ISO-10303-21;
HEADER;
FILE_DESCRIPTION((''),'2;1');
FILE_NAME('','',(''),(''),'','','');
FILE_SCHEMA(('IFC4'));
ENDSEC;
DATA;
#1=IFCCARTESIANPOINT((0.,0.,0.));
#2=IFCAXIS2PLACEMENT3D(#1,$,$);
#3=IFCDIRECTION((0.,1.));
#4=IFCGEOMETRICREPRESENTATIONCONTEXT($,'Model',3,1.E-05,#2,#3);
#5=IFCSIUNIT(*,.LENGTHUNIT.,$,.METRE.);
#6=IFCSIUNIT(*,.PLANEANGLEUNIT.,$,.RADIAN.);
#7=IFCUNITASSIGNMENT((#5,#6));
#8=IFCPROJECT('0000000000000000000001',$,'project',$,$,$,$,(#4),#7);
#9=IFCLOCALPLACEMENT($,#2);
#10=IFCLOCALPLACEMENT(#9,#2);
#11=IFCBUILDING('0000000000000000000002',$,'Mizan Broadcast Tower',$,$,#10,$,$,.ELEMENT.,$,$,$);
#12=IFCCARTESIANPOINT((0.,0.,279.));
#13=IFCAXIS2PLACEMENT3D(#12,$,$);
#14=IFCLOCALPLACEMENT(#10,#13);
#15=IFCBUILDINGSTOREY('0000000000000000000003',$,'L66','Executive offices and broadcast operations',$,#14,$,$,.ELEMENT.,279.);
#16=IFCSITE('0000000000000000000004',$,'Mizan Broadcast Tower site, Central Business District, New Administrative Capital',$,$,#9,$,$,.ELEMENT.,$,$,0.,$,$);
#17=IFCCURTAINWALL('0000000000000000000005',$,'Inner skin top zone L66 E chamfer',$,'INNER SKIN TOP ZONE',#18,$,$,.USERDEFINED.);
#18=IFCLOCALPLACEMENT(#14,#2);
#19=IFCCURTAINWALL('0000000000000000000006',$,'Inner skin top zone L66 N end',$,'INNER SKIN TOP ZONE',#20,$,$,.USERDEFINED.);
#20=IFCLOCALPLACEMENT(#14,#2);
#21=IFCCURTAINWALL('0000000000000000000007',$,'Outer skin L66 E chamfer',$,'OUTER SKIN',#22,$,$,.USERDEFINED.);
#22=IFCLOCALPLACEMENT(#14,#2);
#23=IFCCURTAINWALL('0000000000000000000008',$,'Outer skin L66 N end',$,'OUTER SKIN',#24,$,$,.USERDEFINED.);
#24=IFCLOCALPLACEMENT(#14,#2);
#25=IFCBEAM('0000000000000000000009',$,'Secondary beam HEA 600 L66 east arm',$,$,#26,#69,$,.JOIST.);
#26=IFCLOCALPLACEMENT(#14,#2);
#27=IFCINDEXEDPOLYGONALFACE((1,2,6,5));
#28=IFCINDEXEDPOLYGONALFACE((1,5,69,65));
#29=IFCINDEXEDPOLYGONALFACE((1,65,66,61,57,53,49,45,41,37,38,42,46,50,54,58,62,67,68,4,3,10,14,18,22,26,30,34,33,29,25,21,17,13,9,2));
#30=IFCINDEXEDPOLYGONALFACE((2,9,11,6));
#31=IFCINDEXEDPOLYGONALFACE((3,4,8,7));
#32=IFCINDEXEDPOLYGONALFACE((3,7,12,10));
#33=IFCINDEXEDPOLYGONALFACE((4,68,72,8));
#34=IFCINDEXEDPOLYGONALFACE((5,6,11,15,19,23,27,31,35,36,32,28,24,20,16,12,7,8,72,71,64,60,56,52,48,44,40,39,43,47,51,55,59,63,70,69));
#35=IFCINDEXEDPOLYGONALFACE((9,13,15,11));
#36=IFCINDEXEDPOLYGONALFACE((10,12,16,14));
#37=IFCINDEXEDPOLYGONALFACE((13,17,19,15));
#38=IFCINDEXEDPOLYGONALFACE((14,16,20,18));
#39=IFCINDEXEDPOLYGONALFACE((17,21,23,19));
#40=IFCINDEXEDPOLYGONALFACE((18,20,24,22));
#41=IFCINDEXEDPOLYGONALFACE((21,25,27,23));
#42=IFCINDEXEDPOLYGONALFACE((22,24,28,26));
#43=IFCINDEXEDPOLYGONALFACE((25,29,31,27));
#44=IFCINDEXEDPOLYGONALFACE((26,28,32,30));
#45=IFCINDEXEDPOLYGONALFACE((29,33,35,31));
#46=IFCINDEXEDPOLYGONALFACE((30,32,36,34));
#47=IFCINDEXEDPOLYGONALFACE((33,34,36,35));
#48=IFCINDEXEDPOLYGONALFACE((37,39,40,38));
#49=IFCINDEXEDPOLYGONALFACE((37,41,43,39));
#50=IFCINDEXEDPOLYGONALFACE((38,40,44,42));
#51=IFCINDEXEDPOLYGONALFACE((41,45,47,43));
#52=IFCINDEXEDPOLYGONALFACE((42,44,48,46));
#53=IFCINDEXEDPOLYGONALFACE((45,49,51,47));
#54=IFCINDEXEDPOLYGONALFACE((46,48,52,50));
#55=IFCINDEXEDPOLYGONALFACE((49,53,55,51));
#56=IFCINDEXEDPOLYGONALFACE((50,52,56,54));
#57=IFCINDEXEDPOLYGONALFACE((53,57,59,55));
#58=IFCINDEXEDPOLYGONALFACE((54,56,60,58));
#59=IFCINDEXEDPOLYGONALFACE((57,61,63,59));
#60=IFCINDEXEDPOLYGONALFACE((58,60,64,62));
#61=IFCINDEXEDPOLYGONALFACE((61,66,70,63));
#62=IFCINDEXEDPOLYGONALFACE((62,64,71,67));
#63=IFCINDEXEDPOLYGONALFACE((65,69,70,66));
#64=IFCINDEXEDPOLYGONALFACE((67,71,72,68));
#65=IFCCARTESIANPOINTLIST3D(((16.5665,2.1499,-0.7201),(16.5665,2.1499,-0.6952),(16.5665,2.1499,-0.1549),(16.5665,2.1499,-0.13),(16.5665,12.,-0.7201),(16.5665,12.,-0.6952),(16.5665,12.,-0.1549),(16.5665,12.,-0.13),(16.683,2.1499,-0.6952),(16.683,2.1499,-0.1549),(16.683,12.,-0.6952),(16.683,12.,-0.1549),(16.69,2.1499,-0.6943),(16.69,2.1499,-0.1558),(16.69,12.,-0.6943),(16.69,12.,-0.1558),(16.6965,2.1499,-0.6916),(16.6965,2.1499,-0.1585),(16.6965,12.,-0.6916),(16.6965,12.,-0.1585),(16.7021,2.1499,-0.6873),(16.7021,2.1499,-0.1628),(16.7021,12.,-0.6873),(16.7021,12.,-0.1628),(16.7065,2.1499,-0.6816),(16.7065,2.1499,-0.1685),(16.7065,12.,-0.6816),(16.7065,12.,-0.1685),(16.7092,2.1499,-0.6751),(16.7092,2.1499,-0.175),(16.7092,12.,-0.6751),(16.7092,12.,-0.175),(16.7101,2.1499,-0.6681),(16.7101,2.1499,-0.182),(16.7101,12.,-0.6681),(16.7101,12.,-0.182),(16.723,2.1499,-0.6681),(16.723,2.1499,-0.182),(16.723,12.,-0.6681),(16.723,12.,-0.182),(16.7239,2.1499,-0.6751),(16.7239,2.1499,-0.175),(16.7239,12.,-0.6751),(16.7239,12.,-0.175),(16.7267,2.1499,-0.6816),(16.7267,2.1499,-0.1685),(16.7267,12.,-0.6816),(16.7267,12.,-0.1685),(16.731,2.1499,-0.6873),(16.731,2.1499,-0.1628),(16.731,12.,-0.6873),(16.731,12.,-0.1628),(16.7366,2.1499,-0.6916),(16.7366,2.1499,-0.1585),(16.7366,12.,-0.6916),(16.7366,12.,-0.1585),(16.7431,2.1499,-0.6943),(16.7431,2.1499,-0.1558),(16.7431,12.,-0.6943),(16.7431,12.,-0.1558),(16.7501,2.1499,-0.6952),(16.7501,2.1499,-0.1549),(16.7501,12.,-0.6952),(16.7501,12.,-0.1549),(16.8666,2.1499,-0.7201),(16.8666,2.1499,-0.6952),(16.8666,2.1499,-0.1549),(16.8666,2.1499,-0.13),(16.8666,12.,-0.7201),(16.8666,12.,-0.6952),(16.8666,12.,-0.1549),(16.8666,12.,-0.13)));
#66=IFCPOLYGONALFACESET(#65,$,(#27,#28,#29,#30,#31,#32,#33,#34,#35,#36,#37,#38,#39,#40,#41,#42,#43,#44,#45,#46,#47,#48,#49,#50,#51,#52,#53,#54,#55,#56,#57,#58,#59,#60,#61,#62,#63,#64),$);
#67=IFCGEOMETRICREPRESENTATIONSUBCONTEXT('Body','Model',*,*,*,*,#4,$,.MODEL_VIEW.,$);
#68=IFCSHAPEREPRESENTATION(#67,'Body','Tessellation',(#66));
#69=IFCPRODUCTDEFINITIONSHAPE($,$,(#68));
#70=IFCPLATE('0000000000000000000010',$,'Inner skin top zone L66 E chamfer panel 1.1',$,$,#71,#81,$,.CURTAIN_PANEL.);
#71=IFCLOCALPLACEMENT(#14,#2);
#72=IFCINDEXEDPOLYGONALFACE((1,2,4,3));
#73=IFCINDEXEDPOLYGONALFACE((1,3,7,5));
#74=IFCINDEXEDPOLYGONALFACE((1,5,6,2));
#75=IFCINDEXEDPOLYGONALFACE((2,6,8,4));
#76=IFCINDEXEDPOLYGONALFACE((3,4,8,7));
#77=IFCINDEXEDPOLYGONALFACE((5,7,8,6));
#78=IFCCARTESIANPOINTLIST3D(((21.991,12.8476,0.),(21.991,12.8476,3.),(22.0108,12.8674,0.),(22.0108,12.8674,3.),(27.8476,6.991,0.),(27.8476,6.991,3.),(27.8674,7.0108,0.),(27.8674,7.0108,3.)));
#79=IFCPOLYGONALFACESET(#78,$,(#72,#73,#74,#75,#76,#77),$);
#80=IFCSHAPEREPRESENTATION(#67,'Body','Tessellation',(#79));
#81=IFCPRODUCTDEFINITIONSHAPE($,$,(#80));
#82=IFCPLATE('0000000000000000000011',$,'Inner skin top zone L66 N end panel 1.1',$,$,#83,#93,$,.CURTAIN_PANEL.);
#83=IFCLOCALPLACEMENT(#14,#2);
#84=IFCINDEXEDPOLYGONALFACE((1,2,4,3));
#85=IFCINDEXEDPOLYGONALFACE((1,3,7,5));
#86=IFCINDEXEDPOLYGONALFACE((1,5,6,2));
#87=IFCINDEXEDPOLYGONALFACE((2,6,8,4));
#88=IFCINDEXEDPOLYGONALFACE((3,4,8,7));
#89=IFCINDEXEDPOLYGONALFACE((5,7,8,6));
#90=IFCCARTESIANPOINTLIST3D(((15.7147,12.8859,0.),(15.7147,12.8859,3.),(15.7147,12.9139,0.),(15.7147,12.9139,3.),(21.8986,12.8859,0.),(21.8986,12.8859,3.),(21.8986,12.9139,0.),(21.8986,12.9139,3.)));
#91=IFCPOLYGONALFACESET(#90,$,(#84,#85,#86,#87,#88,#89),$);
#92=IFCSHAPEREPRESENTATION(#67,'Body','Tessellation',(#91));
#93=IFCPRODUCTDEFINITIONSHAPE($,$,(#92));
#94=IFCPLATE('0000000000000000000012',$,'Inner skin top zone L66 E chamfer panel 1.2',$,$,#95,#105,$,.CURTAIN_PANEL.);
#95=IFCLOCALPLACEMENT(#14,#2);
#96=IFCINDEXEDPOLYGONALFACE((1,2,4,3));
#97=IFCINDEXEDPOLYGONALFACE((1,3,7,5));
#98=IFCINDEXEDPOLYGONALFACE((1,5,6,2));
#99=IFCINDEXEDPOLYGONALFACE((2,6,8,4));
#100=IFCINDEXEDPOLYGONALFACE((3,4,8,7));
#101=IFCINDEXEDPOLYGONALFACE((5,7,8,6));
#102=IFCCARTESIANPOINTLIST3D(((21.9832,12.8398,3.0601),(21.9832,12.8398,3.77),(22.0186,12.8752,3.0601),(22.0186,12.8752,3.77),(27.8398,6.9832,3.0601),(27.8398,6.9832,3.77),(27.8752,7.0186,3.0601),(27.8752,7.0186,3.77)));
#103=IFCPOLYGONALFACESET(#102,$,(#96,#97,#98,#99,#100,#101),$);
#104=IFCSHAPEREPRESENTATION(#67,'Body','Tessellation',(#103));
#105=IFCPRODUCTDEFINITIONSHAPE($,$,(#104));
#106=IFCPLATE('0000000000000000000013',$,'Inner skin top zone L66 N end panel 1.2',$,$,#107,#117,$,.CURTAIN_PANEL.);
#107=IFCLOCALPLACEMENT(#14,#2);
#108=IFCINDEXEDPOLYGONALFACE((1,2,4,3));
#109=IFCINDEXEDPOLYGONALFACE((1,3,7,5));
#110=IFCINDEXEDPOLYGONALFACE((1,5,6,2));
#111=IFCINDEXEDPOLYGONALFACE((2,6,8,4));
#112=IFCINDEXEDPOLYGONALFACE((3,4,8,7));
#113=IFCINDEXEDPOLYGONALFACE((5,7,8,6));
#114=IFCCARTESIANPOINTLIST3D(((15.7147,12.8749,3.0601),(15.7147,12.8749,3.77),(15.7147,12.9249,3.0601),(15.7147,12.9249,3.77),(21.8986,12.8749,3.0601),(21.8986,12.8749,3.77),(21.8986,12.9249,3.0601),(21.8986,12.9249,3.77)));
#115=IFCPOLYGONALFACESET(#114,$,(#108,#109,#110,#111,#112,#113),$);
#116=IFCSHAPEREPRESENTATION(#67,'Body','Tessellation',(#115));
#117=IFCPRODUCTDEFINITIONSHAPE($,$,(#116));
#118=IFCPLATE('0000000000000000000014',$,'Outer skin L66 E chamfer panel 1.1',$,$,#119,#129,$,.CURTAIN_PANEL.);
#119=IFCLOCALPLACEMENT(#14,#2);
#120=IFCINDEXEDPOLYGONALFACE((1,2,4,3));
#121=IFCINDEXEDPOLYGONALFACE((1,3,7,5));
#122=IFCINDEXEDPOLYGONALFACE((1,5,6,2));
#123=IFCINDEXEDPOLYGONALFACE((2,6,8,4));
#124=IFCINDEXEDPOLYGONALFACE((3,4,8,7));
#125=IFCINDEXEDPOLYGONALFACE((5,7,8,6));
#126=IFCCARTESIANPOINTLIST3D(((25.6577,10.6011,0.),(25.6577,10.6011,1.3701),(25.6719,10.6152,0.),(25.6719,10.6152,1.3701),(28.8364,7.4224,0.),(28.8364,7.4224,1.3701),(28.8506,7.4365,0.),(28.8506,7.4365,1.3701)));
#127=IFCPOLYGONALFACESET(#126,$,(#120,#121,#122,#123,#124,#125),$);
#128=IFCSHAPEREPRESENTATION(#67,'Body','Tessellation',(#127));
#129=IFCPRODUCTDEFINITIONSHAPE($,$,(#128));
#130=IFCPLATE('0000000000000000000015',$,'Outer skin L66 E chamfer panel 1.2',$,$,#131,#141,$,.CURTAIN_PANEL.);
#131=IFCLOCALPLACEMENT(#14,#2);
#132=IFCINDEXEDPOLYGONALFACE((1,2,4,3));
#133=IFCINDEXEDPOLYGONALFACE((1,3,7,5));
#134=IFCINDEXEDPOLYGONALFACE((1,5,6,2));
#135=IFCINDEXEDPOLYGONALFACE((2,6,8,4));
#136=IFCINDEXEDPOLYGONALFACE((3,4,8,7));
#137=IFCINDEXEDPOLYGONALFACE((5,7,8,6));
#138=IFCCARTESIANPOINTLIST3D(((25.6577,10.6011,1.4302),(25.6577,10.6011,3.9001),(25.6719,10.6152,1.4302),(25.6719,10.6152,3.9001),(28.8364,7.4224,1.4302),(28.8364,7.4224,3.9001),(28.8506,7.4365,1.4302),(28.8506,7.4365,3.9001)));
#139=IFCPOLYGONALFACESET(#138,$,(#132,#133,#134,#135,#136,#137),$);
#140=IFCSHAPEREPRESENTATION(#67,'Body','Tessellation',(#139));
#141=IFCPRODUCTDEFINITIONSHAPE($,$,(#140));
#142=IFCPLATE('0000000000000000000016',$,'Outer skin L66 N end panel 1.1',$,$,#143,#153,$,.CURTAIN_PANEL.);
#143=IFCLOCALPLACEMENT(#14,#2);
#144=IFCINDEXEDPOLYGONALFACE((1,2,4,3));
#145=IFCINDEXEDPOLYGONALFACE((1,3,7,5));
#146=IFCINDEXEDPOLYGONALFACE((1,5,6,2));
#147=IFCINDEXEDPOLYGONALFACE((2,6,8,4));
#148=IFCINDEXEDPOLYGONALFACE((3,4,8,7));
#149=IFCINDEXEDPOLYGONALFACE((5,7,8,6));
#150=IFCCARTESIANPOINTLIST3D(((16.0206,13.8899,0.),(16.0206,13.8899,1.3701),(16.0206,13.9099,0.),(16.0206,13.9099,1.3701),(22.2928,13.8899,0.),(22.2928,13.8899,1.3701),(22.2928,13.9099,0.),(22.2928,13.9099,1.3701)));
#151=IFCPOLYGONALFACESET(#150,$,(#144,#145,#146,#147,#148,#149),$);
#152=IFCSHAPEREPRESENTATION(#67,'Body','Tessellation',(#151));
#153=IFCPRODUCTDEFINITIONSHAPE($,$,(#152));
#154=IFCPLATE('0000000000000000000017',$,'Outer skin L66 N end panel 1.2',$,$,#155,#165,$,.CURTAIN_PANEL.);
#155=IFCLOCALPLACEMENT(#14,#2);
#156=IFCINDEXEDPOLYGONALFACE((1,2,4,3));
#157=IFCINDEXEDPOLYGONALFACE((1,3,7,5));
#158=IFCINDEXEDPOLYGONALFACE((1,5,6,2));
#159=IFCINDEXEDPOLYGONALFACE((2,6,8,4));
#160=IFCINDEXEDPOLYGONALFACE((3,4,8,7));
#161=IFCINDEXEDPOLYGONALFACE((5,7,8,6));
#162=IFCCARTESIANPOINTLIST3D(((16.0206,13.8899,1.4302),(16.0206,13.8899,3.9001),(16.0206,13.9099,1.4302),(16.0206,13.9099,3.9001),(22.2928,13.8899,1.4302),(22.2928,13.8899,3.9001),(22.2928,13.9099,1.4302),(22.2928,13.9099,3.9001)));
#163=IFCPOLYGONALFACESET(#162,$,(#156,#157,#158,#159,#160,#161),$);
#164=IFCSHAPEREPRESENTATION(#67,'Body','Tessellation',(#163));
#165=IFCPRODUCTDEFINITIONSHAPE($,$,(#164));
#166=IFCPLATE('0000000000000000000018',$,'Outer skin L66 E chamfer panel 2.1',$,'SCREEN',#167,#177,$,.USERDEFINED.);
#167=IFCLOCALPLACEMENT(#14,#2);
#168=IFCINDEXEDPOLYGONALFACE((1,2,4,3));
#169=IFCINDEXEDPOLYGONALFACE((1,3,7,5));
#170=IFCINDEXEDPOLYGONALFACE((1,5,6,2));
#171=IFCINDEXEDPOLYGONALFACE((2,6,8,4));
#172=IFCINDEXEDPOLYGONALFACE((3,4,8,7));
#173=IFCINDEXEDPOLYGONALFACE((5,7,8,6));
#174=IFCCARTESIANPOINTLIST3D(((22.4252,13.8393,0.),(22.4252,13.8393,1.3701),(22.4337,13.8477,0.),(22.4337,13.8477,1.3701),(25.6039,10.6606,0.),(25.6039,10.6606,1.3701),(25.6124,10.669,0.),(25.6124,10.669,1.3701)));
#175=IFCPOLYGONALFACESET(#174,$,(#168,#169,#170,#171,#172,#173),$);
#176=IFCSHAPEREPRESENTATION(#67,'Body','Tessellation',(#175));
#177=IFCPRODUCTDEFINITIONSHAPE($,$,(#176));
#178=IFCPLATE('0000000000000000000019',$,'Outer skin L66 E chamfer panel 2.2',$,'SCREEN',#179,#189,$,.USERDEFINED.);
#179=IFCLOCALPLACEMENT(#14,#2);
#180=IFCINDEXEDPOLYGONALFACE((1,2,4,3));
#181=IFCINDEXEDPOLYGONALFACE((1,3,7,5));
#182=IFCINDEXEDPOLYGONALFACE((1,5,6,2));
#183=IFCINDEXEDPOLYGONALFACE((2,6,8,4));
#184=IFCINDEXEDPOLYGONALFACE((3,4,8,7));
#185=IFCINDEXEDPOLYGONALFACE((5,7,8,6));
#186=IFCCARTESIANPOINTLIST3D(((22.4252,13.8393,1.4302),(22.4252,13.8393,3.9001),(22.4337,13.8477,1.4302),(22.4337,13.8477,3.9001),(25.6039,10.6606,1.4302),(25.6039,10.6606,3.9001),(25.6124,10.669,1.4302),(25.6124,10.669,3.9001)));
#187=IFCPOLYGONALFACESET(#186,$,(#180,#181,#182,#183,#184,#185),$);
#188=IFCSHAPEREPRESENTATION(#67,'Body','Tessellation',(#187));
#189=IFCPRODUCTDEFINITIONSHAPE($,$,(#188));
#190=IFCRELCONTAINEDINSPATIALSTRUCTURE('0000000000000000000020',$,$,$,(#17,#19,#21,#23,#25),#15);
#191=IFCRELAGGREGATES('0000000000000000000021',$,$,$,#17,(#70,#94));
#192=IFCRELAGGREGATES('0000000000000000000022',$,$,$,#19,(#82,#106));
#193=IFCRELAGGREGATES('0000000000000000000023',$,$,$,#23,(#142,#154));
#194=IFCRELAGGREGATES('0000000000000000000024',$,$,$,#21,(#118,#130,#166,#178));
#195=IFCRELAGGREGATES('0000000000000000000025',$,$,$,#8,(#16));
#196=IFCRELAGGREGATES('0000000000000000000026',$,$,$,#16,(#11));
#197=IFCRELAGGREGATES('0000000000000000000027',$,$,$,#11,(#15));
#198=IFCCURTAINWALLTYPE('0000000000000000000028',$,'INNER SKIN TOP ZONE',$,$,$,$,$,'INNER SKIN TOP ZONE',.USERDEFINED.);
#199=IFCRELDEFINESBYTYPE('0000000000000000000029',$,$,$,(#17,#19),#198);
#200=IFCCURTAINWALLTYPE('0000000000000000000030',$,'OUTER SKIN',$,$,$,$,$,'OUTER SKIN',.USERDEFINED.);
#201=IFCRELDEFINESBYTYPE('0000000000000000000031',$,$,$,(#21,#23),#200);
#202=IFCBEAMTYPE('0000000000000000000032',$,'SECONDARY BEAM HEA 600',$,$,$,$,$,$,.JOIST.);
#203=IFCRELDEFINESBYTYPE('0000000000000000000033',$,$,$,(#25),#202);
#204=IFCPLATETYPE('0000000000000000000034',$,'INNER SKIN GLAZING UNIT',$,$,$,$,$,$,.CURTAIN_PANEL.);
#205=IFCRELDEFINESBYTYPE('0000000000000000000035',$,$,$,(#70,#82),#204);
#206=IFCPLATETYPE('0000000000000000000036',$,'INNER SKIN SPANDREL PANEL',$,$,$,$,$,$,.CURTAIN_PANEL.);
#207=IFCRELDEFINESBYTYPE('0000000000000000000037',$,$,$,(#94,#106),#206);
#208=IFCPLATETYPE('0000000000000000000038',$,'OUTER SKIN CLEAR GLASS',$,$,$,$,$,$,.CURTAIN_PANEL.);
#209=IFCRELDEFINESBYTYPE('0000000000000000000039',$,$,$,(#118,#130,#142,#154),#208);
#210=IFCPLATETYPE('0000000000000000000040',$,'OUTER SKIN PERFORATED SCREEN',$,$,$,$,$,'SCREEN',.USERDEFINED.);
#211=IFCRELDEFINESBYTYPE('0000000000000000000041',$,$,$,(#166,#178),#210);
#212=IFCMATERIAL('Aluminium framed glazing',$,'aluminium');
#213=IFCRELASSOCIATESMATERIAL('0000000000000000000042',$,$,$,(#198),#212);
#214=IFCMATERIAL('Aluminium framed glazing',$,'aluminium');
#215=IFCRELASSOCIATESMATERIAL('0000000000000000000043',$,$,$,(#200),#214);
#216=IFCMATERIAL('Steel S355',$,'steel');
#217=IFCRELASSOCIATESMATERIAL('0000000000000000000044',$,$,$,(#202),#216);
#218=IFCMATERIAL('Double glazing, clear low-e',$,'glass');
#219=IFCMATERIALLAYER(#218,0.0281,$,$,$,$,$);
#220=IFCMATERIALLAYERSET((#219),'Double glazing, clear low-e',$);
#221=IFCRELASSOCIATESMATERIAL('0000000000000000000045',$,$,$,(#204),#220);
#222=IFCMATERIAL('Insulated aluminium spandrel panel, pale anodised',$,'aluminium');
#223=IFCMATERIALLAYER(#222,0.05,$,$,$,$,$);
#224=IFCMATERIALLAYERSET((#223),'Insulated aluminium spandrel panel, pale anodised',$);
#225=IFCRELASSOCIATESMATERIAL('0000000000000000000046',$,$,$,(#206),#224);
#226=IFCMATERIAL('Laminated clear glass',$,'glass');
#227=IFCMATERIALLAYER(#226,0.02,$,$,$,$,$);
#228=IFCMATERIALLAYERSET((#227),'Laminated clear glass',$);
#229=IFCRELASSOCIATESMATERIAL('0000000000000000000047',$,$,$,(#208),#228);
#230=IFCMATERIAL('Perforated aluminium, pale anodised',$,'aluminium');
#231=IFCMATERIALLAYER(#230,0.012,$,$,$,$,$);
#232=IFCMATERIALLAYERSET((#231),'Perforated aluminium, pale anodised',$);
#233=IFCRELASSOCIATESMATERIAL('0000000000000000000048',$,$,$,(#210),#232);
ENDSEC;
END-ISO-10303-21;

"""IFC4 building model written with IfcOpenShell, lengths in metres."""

from ifc_helpers import new_model, si_unit, direction, frame, origin, origin_2d, place, context, subcontext, project, spatial, rectangle, i_section, extrude, material, layer, layer_set, material_profile, profile_set, type_object, element, aggregate, save


model = new_model("IFC4")

# Units and contexts
model_context = context("Model", 3, precision=1e-05, world=origin(), true_north=direction((0.0, 1.0)))
body_context = subcontext(model_context, "Body", "Model", "MODEL_VIEW")
ifc_project = project(units=[si_unit("LENGTHUNIT", "METRE"), si_unit("PLANEANGLEUNIT", "RADIAN")], contexts=[model_context])

# Site, building, storey
site_placement = place(None, origin())
site = spatial("IfcSite", under=ifc_project, at=site_placement, Name="Mizan Broadcast Tower site, Central Business District, New Administrative Capital", CompositionType="ELEMENT", RefElevation=0.0)
building_placement = place(site_placement, origin())
building = spatial("IfcBuilding", under=site, at=building_placement, Name="Mizan Broadcast Tower", CompositionType="ELEMENT")
storey_placement = place(building_placement, frame((0.0, 0.0, 279.0)))
storey = spatial("IfcBuildingStorey", under=building, at=storey_placement, Name="L66", Description="Executive offices and broadcast operations", CompositionType="ELEMENT", Elevation=279.0)

# Curtain wall
ifc_material_1 = material(Name="Aluminium framed glazing", Category="aluminium")
curtain_wall_type_1 = type_object("IfcCurtainWallType", Name="INNER SKIN TOP ZONE", ElementType="INNER SKIN TOP ZONE", PredefinedType="USERDEFINED", material=ifc_material_1)
curtain_wall_1_placement = place(storey_placement, origin())
curtain_wall_1 = element("IfcCurtainWall", 1, at=curtain_wall_1_placement, inside=storey, type_object=curtain_wall_type_1, Name="Inner skin top zone L66 E chamfer", ObjectType="INNER SKIN TOP ZONE", PredefinedType="USERDEFINED")

# Curtain walls
curtain_wall_2_placement = place(storey_placement, origin())
curtain_wall_2 = element("IfcCurtainWall", 2, at=curtain_wall_2_placement, inside=storey, type_object=curtain_wall_type_1, Name="Inner skin top zone L66 N end", ObjectType="INNER SKIN TOP ZONE", PredefinedType="USERDEFINED")
ifc_material_2 = material(Name="Aluminium framed glazing", Category="aluminium")
curtain_wall_type_2 = type_object("IfcCurtainWallType", Name="OUTER SKIN", ElementType="OUTER SKIN", PredefinedType="USERDEFINED", material=ifc_material_2)
curtain_wall_3_placement = place(storey_placement, origin())
curtain_wall_3 = element("IfcCurtainWall", 3, at=curtain_wall_3_placement, inside=storey, type_object=curtain_wall_type_2, Name="Outer skin L66 E chamfer", ObjectType="OUTER SKIN", PredefinedType="USERDEFINED")

# Curtain wall
curtain_wall_4_placement = place(storey_placement, origin())
curtain_wall_4 = element("IfcCurtainWall", 4, at=curtain_wall_4_placement, inside=storey, type_object=curtain_wall_type_2, Name="Outer skin L66 N end", ObjectType="OUTER SKIN", PredefinedType="USERDEFINED")

# Beam
ifc_material_3 = material(Name="Steel S355", Category="steel")
ifc_material_profile_1 = material_profile(ifc_material_3, i_section(OverallWidth=0.3, OverallDepth=0.5901, WebThickness=0.0129, FlangeThickness=0.0249, FilletRadius=0.0271, at=origin_2d()), Name="HEA 600")
ifc_profile_set_1 = profile_set([ifc_material_profile_1], Name="Steel S355")
beam_type_1 = type_object("IfcBeamType", Name="SECONDARY BEAM HEA 600", PredefinedType="JOIST", material=ifc_profile_set_1)
beam_1_placement = place(storey_placement, frame((16.7166, 12.0, -0.425), z_axis=(0.0, -1.0, 0.0), x_axis=(1.0, 0.0, 0.0)))
element("IfcBeam", 5, at=beam_1_placement, inside=storey, type_object=beam_type_1, Name="Secondary beam HEA 600 L66 east arm", PredefinedType="JOIST", context=body_context, shape_type="SweptSolid", body=[
    extrude(i_section(OverallWidth=0.3, OverallDepth=0.5901, WebThickness=0.0129, FlangeThickness=0.0249, FilletRadius=0.0271, at=origin_2d()), origin(), (0.0, 0.0, 1.0), 9.8501),
])

# Plates
ifc_material_4 = material(Name="Double glazing, clear low-e", Category="glass")
ifc_layer_1 = layer(ifc_material_4, 0.0281)
ifc_layer_set_1 = layer_set([ifc_layer_1], Name="Double glazing, clear low-e")
plate_type_1 = type_object("IfcPlateType", Name="INNER SKIN GLAZING UNIT", PredefinedType="CURTAIN_PANEL", material=ifc_layer_set_1)
plate_1_placement = place(storey_placement, frame((24.9292, 9.9292, 0.0), z_axis=(0.0, 0.0, 1.0), x_axis=(-0.707107, 0.707107, 0.0)))
plate_1 = element("IfcPlate", 6, at=plate_1_placement, type_object=plate_type_1, Name="Inner skin top zone L66 E chamfer panel 1.1", PredefinedType="CURTAIN_PANEL", context=body_context, shape_type="SweptSolid", body=[
    extrude(rectangle(XDim=8.2825, YDim=0.0281, at=origin_2d()), origin(), (0.0, 0.0, 1.0), 3.0),
])
plate_2_placement = place(storey_placement, frame((18.8066, 12.8999, 0.0), z_axis=(0.0, 0.0, 1.0), x_axis=(-1.0, 0.0, 0.0)))
plate_2 = element("IfcPlate", 7, at=plate_2_placement, type_object=plate_type_1, Name="Inner skin top zone L66 N end panel 1.1", PredefinedType="CURTAIN_PANEL", context=body_context, shape_type="SweptSolid", body=[
    extrude(rectangle(XDim=6.1838, YDim=0.0281, at=origin_2d()), origin(), (0.0, 0.0, 1.0), 3.0),
])
ifc_material_5 = material(Name="Insulated aluminium spandrel panel, pale anodised", Category="aluminium")
ifc_layer_2 = layer(ifc_material_5, 0.05)
ifc_layer_set_2 = layer_set([ifc_layer_2], Name="Insulated aluminium spandrel panel, pale anodised")
plate_type_2 = type_object("IfcPlateType", Name="INNER SKIN SPANDREL PANEL", PredefinedType="CURTAIN_PANEL", material=ifc_layer_set_2)
plate_3_placement = place(storey_placement, frame((24.9292, 9.9292, 3.0601), z_axis=(0.0, 0.0, 1.0), x_axis=(-0.707107, 0.707107, 0.0)))
plate_3 = element("IfcPlate", 8, at=plate_3_placement, type_object=plate_type_2, Name="Inner skin top zone L66 E chamfer panel 1.2", PredefinedType="CURTAIN_PANEL", context=body_context, shape_type="SweptSolid", body=[
    extrude(rectangle(XDim=8.2825, YDim=0.05, at=origin_2d()), origin(), (0.0, 0.0, 1.0), 0.71),
])
aggregate(curtain_wall_1, [plate_1, plate_3])
plate_4_placement = place(storey_placement, frame((18.8066, 12.8999, 3.0601), z_axis=(0.0, 0.0, 1.0), x_axis=(-1.0, 0.0, 0.0)))
plate_4 = element("IfcPlate", 9, at=plate_4_placement, type_object=plate_type_2, Name="Inner skin top zone L66 N end panel 1.2", PredefinedType="CURTAIN_PANEL", context=body_context, shape_type="SweptSolid", body=[
    extrude(rectangle(XDim=6.1838, YDim=0.05, at=origin_2d()), origin(), (0.0, 0.0, 1.0), 0.71),
])
aggregate(curtain_wall_2, [plate_2, plate_4])
ifc_material_6 = material(Name="Laminated clear glass", Category="glass")
ifc_layer_3 = layer(ifc_material_6, 0.02)
ifc_layer_set_3 = layer_set([ifc_layer_3], Name="Laminated clear glass")
plate_type_3 = type_object("IfcPlateType", Name="OUTER SKIN CLEAR GLASS", PredefinedType="CURTAIN_PANEL", material=ifc_layer_set_3)
plate_5_placement = place(storey_placement, frame((27.2542, 9.0188, 0.0), z_axis=(0.0, 0.0, 1.0), x_axis=(-0.707107, 0.707107, 0.0)))
plate_5 = element("IfcPlate", 10, at=plate_5_placement, type_object=plate_type_3, Name="Outer skin L66 E chamfer panel 1.1", PredefinedType="CURTAIN_PANEL", context=body_context, shape_type="SweptSolid", body=[
    extrude(rectangle(XDim=4.4954, YDim=0.02, at=origin_2d()), origin(), (0.0, 0.0, 1.0), 1.3701),
])
plate_6_placement = place(storey_placement, frame((27.2542, 9.0188, 1.4302), z_axis=(0.0, 0.0, 1.0), x_axis=(-0.707107, 0.707107, 0.0)))
plate_6 = element("IfcPlate", 11, at=plate_6_placement, type_object=plate_type_3, Name="Outer skin L66 E chamfer panel 1.2", PredefinedType="CURTAIN_PANEL", context=body_context, shape_type="SweptSolid", body=[
    extrude(rectangle(XDim=4.4954, YDim=0.02, at=origin_2d()), origin(), (0.0, 0.0, 1.0), 2.47),
])
plate_7_placement = place(storey_placement, frame((19.1567, 13.8999, 0.0), z_axis=(0.0, 0.0, 1.0), x_axis=(-1.0, 0.0, 0.0)))
plate_7 = element("IfcPlate", 12, at=plate_7_placement, type_object=plate_type_3, Name="Outer skin L66 N end panel 1.1", PredefinedType="CURTAIN_PANEL", context=body_context, shape_type="SweptSolid", body=[
    extrude(rectangle(XDim=6.2722, YDim=0.02, at=origin_2d()), origin(), (0.0, 0.0, 1.0), 1.3701),
])
plate_8_placement = place(storey_placement, frame((19.1567, 13.8999, 1.4302), z_axis=(0.0, 0.0, 1.0), x_axis=(-1.0, 0.0, 0.0)))
plate_8 = element("IfcPlate", 13, at=plate_8_placement, type_object=plate_type_3, Name="Outer skin L66 N end panel 1.2", PredefinedType="CURTAIN_PANEL", context=body_context, shape_type="SweptSolid", body=[
    extrude(rectangle(XDim=6.2722, YDim=0.02, at=origin_2d()), origin(), (0.0, 0.0, 1.0), 2.47),
])
aggregate(curtain_wall_4, [plate_7, plate_8])
ifc_material_7 = material(Name="Perforated aluminium, pale anodised", Category="aluminium")
ifc_layer_4 = layer(ifc_material_7, 0.012)
ifc_layer_set_4 = layer_set([ifc_layer_4], Name="Perforated aluminium, pale anodised")
plate_type_4 = type_object("IfcPlateType", Name="OUTER SKIN PERFORATED SCREEN", ElementType="SCREEN", PredefinedType="USERDEFINED", material=ifc_layer_set_4)
plate_9_placement = place(storey_placement, frame((24.0188, 12.2542, 0.0), z_axis=(0.0, 0.0, 1.0), x_axis=(-0.707107, 0.707107, 0.0)))
plate_9 = element("IfcPlate", 14, at=plate_9_placement, type_object=plate_type_4, Name="Outer skin L66 E chamfer panel 2.1", ObjectType="SCREEN", PredefinedType="USERDEFINED", context=body_context, shape_type="SweptSolid", body=[
    extrude(rectangle(XDim=4.4954, YDim=0.012, at=origin_2d()), origin(), (0.0, 0.0, 1.0), 1.3701),
])
plate_10_placement = place(storey_placement, frame((24.0188, 12.2542, 1.4302), z_axis=(0.0, 0.0, 1.0), x_axis=(-0.707107, 0.707107, 0.0)))
plate_10 = element("IfcPlate", 15, at=plate_10_placement, type_object=plate_type_4, Name="Outer skin L66 E chamfer panel 2.2", ObjectType="SCREEN", PredefinedType="USERDEFINED", context=body_context, shape_type="SweptSolid", body=[
    extrude(rectangle(XDim=4.4954, YDim=0.012, at=origin_2d()), origin(), (0.0, 0.0, 1.0), 2.47),
])
aggregate(curtain_wall_3, [plate_5, plate_6, plate_9, plate_10])

save(model, "model.ifc")
